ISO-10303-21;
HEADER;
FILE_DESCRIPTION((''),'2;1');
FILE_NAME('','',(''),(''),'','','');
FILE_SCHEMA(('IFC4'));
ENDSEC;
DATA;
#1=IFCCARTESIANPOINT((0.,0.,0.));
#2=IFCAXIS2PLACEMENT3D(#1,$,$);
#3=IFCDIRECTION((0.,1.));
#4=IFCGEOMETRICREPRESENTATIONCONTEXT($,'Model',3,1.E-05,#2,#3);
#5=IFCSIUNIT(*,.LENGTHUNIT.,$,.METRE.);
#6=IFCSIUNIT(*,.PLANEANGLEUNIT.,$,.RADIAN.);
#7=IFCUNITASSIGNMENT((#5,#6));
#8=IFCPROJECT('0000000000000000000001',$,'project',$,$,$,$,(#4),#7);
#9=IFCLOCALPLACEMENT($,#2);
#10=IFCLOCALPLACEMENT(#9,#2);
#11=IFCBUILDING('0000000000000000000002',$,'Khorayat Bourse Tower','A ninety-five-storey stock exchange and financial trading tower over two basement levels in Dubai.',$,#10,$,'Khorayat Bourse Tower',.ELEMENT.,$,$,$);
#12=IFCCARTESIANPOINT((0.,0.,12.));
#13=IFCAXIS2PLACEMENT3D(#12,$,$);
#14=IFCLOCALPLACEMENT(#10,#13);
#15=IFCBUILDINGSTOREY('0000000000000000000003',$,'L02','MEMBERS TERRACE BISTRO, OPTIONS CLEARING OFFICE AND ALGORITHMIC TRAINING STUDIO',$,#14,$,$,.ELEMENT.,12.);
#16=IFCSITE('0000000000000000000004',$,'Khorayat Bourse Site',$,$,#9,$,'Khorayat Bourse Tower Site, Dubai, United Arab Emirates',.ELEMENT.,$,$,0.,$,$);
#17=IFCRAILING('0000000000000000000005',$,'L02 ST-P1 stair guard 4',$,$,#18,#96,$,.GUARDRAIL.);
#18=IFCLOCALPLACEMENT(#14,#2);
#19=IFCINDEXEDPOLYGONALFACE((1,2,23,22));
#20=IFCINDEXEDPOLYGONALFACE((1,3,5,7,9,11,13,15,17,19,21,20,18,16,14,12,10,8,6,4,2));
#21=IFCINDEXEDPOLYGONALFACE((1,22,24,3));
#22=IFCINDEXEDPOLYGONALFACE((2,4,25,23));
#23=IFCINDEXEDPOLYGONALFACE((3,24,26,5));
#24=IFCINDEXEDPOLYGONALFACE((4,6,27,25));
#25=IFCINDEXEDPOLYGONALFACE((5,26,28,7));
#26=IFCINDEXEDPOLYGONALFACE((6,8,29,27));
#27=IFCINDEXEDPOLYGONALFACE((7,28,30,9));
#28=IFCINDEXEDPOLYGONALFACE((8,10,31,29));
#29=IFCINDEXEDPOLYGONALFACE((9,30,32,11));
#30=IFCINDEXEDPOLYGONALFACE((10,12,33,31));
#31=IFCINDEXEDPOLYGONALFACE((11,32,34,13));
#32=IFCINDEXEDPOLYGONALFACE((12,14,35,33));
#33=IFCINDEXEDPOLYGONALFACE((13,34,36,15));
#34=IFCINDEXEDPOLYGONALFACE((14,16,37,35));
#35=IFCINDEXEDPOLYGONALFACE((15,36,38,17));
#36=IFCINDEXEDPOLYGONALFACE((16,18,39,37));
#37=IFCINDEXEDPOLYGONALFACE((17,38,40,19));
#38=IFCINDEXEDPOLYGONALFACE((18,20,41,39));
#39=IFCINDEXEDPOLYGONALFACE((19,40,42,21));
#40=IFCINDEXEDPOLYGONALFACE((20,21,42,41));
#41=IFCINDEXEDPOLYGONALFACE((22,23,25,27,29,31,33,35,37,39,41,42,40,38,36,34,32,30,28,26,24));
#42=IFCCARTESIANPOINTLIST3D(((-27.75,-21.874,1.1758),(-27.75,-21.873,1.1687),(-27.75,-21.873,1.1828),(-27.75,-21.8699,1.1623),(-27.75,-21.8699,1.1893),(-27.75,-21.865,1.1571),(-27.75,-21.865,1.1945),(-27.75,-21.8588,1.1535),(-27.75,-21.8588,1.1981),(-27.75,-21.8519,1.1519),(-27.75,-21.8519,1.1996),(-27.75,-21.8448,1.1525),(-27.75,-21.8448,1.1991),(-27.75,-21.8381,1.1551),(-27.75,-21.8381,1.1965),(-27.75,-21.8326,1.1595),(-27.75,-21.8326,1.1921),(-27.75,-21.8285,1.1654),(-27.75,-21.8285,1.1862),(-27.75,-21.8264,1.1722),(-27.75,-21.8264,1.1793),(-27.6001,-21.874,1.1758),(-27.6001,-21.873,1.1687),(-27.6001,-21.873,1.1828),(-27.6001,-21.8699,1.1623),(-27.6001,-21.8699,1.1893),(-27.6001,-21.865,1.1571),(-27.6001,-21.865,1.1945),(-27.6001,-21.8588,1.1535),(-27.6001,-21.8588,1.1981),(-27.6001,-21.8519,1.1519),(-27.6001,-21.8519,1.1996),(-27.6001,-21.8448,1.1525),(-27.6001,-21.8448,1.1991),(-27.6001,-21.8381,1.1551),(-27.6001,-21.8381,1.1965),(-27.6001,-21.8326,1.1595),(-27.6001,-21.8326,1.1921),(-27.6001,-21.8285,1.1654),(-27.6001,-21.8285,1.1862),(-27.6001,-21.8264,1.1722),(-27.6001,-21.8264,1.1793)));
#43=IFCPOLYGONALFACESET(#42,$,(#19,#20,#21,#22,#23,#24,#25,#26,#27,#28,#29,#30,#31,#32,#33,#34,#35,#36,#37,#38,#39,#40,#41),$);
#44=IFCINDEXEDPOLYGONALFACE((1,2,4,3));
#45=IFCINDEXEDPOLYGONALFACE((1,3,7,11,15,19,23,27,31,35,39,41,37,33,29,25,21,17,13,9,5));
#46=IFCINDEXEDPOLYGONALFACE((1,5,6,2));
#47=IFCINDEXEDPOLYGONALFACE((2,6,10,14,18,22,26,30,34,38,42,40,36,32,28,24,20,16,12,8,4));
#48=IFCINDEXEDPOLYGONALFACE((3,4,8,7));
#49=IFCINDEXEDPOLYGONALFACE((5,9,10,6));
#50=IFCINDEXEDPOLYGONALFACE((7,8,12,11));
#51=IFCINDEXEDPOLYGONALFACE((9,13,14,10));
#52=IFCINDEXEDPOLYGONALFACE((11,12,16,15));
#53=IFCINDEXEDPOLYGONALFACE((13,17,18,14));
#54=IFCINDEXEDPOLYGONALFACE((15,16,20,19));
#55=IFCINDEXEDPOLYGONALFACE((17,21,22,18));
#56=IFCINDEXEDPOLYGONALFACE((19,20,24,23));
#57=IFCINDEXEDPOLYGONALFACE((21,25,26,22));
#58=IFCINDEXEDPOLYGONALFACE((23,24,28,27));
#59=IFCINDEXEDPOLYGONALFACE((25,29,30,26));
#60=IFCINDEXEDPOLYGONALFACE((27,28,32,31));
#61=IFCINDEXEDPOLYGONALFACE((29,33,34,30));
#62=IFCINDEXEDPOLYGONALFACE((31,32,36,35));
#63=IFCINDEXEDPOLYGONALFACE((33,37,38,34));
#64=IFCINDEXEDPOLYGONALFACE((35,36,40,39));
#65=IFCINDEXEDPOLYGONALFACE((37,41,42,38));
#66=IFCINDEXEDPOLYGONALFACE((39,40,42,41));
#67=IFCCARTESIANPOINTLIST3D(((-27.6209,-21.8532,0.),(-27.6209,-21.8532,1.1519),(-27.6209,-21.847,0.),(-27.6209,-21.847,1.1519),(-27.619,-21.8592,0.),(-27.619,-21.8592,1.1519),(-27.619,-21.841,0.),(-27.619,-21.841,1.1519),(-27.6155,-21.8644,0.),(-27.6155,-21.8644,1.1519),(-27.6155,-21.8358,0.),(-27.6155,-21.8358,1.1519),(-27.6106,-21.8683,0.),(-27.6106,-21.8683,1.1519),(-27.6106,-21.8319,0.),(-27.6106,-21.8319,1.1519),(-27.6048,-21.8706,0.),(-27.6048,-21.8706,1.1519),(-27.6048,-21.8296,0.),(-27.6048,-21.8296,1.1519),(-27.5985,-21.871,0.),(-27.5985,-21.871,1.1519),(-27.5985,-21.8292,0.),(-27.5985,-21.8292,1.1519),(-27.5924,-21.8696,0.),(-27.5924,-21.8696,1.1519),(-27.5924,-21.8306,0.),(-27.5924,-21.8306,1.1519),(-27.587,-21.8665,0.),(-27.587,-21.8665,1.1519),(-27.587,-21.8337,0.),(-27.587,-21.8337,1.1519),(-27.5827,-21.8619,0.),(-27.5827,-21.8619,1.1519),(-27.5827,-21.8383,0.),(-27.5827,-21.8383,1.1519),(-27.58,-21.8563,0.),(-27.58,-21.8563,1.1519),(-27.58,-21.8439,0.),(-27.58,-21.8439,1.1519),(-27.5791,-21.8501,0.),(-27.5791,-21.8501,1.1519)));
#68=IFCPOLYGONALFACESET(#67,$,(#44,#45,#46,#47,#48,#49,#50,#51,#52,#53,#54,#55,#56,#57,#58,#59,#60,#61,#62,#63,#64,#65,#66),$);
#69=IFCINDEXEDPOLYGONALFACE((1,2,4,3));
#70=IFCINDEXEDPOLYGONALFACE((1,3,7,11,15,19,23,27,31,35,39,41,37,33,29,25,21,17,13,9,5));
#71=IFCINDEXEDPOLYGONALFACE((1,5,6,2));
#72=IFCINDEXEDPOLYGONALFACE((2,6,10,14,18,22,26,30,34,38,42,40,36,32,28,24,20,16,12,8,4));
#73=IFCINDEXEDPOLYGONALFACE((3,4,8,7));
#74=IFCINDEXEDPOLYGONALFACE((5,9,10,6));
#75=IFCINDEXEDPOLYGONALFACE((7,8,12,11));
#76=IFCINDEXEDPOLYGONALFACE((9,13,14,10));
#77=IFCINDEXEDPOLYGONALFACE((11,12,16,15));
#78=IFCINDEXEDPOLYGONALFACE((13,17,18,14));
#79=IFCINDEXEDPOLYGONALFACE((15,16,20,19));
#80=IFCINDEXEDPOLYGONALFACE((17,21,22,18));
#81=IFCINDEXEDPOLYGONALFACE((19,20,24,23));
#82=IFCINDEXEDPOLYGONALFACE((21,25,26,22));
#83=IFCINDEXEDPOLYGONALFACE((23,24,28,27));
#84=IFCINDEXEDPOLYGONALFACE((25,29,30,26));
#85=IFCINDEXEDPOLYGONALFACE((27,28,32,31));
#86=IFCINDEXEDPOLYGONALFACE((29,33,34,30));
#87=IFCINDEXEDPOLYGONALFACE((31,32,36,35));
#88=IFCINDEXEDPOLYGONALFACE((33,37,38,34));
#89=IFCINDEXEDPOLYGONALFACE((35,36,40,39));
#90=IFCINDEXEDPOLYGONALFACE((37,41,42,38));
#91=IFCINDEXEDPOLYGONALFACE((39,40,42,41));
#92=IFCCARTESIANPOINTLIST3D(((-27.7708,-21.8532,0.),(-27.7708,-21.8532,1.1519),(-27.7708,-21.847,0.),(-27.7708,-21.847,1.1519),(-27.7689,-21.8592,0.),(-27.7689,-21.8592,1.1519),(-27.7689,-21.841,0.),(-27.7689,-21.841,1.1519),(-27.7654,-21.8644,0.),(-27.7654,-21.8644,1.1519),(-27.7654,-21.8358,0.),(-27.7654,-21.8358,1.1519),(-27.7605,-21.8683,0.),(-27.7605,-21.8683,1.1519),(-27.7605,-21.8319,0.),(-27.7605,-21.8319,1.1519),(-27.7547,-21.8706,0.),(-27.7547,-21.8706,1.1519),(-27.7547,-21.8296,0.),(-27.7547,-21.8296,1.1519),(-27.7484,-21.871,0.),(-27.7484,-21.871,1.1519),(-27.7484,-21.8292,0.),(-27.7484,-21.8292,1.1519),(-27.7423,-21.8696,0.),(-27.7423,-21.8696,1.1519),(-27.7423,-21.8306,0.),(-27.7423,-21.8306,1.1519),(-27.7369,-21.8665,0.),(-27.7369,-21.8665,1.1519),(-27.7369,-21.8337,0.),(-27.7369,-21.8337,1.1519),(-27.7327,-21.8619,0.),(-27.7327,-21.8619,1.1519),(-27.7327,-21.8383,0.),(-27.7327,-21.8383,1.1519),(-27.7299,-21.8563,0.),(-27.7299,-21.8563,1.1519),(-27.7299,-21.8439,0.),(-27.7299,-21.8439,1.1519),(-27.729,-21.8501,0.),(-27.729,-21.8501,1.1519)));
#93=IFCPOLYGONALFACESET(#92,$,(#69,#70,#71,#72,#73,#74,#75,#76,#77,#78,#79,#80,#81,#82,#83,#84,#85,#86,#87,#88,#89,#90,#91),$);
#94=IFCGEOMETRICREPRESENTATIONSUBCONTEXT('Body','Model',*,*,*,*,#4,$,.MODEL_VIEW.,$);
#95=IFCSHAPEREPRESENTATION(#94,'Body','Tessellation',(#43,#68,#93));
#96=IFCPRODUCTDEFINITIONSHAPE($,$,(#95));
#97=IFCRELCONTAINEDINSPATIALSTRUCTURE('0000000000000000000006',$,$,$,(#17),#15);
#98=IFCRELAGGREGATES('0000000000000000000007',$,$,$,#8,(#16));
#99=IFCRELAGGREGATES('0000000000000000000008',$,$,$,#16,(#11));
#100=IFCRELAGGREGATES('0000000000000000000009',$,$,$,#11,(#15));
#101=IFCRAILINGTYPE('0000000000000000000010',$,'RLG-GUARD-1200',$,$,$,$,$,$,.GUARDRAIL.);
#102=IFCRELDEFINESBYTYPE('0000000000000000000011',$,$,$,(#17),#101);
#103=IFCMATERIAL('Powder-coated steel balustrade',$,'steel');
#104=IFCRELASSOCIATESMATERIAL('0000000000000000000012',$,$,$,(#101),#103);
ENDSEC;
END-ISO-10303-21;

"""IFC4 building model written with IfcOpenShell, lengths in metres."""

from ifc_helpers import new_model, si_unit, direction, frame, origin, origin_2d, place, context, subcontext, project, spatial, circle, extrude, source, transform, mapped, material, type_object, element, save


model = new_model("IFC4")

# Units and contexts
model_context = context("Model", 3, precision=1e-05, world=origin(), true_north=direction((0.0, 1.0)))
body_context = subcontext(model_context, "Body", "Model", "MODEL_VIEW")
ifc_project = project(units=[si_unit("LENGTHUNIT", "METRE"), si_unit("PLANEANGLEUNIT", "RADIAN")], contexts=[model_context])

# Site, building, storey
site_placement = place(None, origin())
site = spatial("IfcSite", under=ifc_project, at=site_placement, Name="Khorayat Bourse Site", LongName="Khorayat Bourse Tower Site, Dubai, United Arab Emirates", CompositionType="ELEMENT", RefElevation=0.0)
building_placement = place(site_placement, origin())
building = spatial("IfcBuilding", under=site, at=building_placement, Name="Khorayat Bourse Tower", Description="A ninety-five-storey stock exchange and financial trading tower over two basement levels in Dubai.", LongName="Khorayat Bourse Tower", CompositionType="ELEMENT")
storey_placement = place(building_placement, frame((0.0, 0.0, 12.0)))
storey = spatial("IfcBuildingStorey", under=building, at=storey_placement, Name="L02", Description="MEMBERS TERRACE BISTRO, OPTIONS CLEARING OFFICE AND ALGORITHMIC TRAINING STUDIO", CompositionType="ELEMENT", Elevation=12.0)

# Railing
ifc_material_1 = material(Name="Powder-coated steel balustrade", Category="steel")
railing_type_1 = type_object("IfcRailingType", Name="RLG-GUARD-1200", PredefinedType="GUARDRAIL", material=ifc_material_1)
shared_shape_1 = source(origin(), body_context, "Body", "SweptSolid", [
    extrude(circle(Radius=0.0239, at=origin_2d()), frame((0.0, 0.0, 1.1758), z_axis=(-1.0, 0.0, 0.0), x_axis=(0.0, -1.0, 0.0)), (0.0, 0.0, 1.0), 0.1499),
    extrude(circle(Radius=0.021, at=origin_2d()), origin(), (0.0, 0.0, 1.0), 1.1519),
    extrude(circle(Radius=0.021, at=origin_2d()), frame((-0.1499, 0.0, 0.0)), (0.0, 0.0, 1.0), 1.1519),
])
for number, where, name in (
    (1, (-27.6001, -21.8501, 0.0), "L02 ST-P1 stair guard 4"),
):
    element("IfcRailing", number, at=place(storey_placement, frame(where)), inside=storey, type_object=railing_type_1, Name=name, PredefinedType="GUARDRAIL", context=body_context, shape_type="MappedRepresentation", body=[
        mapped(shared_shape_1, transform((0.0, 0.0, 0.0), scale=1.0)),
    ])

save(model, "model.ifc")
